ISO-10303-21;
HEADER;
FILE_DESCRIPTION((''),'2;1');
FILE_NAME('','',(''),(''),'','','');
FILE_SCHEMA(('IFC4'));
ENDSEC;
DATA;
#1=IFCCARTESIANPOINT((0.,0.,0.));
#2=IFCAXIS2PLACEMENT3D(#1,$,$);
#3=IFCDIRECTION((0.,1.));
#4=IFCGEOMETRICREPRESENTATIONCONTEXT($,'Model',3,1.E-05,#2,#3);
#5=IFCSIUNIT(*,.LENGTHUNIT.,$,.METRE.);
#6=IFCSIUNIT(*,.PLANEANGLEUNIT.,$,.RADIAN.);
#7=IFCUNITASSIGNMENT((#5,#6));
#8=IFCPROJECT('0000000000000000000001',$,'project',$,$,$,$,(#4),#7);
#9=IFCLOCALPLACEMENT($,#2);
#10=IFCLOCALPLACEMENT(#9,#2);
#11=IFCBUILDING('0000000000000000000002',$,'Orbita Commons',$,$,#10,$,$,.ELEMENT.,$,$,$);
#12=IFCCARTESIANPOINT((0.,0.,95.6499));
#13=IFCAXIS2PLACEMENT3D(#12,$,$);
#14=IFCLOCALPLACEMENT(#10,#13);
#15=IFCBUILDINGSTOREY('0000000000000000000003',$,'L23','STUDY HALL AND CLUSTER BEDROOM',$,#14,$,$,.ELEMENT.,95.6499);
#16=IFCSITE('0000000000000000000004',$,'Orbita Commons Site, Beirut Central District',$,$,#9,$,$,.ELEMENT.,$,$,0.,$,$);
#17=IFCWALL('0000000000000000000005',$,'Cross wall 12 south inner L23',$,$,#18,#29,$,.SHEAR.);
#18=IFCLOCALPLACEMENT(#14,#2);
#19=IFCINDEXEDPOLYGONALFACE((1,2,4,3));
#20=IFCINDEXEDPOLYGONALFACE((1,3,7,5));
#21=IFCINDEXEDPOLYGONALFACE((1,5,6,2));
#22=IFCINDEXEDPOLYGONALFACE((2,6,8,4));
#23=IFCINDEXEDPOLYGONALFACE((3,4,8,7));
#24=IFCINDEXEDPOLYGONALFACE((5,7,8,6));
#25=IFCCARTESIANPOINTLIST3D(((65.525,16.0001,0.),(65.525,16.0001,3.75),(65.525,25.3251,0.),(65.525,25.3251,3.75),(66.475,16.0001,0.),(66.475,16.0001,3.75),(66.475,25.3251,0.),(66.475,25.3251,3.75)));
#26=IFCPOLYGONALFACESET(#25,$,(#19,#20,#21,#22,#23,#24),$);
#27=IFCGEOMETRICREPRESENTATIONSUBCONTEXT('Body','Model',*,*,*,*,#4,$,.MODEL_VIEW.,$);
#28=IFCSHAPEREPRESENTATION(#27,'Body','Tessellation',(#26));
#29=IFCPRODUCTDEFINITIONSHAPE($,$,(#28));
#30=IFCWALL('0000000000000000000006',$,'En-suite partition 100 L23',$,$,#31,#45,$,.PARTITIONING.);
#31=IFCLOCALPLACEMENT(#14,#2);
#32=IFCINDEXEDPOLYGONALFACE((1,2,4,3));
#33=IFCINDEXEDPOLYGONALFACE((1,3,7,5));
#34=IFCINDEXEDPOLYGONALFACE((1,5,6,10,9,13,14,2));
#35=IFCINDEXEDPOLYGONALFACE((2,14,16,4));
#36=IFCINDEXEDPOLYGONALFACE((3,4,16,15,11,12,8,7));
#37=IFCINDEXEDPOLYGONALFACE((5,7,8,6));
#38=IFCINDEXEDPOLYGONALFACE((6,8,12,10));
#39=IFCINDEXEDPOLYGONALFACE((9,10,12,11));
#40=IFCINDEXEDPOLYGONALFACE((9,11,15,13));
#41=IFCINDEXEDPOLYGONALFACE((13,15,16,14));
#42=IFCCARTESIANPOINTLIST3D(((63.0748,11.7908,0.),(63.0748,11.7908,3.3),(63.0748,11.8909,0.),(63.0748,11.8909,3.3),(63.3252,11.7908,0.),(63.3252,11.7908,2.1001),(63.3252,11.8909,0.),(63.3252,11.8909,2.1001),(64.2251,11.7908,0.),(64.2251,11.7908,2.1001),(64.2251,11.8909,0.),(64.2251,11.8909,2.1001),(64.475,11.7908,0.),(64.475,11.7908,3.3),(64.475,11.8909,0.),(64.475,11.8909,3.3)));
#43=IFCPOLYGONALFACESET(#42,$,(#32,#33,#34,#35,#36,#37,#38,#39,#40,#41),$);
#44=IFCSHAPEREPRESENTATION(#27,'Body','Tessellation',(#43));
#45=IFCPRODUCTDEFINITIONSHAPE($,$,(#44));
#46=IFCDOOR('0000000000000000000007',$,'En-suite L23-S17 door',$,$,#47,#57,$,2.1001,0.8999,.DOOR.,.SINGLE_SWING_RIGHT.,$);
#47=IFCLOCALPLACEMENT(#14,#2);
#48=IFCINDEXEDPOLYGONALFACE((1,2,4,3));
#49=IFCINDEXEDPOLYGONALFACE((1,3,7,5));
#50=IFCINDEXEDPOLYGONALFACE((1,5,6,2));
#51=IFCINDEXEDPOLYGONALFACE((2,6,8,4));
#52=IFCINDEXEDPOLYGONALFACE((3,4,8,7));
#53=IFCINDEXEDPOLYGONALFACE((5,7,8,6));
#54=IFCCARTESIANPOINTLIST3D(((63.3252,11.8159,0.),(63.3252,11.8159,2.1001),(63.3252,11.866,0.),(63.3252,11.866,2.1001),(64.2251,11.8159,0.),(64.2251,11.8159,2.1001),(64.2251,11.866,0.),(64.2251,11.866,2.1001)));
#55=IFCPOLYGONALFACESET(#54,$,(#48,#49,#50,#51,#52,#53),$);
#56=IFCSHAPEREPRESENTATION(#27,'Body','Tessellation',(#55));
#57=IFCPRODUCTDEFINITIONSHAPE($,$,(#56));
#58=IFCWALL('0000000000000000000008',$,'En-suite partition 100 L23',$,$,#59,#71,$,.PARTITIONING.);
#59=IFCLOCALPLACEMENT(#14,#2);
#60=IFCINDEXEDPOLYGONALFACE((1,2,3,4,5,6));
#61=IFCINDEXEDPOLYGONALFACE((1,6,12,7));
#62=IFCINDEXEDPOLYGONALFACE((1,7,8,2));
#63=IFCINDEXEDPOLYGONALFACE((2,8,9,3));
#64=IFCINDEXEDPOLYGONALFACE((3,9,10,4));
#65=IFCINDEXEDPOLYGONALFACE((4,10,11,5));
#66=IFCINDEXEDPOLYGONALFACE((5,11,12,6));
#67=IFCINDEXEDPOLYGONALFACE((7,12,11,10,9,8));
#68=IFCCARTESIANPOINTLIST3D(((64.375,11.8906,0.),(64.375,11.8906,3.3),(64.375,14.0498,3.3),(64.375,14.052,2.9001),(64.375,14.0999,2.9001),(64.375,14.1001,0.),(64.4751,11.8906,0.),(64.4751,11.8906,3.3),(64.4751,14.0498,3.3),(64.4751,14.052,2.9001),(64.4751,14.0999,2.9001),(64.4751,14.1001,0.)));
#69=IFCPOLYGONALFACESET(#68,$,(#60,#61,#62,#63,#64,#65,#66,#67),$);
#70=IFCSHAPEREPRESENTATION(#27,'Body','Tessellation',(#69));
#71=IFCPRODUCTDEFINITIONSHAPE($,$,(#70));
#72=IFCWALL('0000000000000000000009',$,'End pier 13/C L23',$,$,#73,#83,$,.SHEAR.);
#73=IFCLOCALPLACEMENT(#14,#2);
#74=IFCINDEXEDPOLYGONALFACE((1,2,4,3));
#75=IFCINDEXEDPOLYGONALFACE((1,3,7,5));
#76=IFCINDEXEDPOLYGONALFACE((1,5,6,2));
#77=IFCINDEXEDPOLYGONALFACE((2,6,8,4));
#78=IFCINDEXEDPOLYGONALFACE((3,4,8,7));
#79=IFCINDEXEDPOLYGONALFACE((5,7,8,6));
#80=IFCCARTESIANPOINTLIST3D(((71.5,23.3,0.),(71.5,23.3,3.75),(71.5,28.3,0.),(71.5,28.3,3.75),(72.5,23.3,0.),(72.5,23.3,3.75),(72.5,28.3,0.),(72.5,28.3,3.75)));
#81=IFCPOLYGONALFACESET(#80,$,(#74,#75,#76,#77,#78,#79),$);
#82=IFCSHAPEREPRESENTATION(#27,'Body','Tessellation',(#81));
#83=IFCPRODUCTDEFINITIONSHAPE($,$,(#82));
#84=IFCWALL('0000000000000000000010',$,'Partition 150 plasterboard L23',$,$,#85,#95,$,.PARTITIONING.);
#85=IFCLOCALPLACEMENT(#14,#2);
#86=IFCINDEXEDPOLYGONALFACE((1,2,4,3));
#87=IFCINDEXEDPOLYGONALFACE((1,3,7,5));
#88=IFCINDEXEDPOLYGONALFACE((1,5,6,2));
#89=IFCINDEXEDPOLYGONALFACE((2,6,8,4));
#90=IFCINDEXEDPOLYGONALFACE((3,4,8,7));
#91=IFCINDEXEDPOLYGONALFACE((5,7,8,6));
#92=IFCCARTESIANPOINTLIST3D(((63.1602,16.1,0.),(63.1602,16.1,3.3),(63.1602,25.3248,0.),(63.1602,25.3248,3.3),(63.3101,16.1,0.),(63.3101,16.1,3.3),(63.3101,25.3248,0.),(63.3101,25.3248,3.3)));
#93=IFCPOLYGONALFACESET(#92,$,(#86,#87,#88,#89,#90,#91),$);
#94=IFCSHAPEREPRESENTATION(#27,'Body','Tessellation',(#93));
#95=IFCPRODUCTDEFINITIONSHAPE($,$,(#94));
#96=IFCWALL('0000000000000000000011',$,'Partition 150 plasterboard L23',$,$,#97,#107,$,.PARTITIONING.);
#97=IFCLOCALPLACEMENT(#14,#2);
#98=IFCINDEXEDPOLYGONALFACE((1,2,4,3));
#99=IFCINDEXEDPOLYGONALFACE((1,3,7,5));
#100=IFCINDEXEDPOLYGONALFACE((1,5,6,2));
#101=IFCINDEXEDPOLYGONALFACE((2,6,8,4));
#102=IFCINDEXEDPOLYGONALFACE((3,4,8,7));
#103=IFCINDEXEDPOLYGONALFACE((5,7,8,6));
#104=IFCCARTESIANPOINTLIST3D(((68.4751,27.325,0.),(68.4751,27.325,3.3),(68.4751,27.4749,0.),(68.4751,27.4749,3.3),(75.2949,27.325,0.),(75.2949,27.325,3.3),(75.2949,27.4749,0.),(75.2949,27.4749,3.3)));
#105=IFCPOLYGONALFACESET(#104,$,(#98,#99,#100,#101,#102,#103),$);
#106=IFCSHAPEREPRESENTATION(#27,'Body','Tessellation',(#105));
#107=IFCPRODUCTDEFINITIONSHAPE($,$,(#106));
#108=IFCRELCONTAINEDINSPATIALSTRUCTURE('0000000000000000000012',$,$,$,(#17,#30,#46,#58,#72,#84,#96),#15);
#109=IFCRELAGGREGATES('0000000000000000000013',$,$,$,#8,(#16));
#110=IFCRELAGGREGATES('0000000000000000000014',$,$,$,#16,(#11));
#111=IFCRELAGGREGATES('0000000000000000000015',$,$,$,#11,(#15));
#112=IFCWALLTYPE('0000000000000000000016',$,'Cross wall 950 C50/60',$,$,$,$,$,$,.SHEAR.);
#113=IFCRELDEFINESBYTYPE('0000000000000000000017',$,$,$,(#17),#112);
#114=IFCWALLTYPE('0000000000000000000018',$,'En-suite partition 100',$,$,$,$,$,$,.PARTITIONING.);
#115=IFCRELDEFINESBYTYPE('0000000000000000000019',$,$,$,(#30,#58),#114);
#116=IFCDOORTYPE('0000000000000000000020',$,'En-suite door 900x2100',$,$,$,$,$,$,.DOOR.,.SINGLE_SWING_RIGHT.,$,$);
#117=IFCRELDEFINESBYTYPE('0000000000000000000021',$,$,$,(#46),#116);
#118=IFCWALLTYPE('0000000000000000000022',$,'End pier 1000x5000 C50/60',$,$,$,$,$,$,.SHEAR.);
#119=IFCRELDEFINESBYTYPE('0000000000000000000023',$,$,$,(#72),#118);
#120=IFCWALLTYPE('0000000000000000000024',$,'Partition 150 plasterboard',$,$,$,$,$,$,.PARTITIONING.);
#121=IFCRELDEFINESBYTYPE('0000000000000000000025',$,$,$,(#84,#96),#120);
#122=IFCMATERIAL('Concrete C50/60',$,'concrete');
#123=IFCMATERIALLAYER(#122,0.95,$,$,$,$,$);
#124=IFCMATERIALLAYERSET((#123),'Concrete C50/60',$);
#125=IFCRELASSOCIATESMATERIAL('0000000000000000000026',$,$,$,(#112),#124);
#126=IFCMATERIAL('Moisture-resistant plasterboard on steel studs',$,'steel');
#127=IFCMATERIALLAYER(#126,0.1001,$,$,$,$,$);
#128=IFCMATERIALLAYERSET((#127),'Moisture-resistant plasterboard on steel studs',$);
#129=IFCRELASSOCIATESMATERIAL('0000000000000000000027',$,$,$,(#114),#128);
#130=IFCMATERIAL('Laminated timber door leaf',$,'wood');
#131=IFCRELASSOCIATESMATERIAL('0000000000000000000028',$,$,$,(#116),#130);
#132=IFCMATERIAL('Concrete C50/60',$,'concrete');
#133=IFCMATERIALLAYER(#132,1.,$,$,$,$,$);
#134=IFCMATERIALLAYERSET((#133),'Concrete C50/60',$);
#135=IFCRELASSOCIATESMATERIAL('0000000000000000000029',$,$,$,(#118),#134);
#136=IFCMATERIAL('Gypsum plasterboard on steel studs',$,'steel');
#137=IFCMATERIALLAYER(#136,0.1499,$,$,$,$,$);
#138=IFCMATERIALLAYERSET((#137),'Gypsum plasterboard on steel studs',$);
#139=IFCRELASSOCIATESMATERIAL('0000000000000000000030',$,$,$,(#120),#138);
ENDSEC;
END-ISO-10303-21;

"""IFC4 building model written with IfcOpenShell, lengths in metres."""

from ifc_helpers import new_model, si_unit, direction, frame, frame_2d, origin, place, context, subcontext, project, spatial, polyline, rectangle, outline, extrude, material, layer, layer_set, type_object, element, fill, save


model = new_model("IFC4")

# Units and contexts
model_context = context("Model", 3, precision=1e-05, world=origin(), true_north=direction((0.0, 1.0)))
body_context = subcontext(model_context, "Body", "Model", "MODEL_VIEW")
ifc_project = project(units=[si_unit("LENGTHUNIT", "METRE"), si_unit("PLANEANGLEUNIT", "RADIAN")], contexts=[model_context])

# Site, building, storey
site_placement = place(None, origin())
site = spatial("IfcSite", under=ifc_project, at=site_placement, Name="Orbita Commons Site, Beirut Central District", CompositionType="ELEMENT", RefElevation=0.0)
building_placement = place(site_placement, origin())
building = spatial("IfcBuilding", under=site, at=building_placement, Name="Orbita Commons", CompositionType="ELEMENT")
storey_placement = place(building_placement, frame((0.0, 0.0, 95.6499)))
storey = spatial("IfcBuildingStorey", under=building, at=storey_placement, Name="L23", Description="STUDY HALL AND CLUSTER BEDROOM", CompositionType="ELEMENT", Elevation=95.6499)

# Wall
ifc_material_1 = material(Name="Concrete C50/60", Category="concrete")
ifc_layer_1 = layer(ifc_material_1, 0.95)
ifc_layer_set_1 = layer_set([ifc_layer_1], Name="Concrete C50/60")
wall_type_1 = type_object("IfcWallType", Name="Cross wall 950 C50/60", PredefinedType="SHEAR", material=ifc_layer_set_1)
wall_1_placement = place(storey_placement, frame((66.0, 16.0, 0.0), z_axis=(0.0, 0.0, 1.0), x_axis=(0.0, 1.0, 0.0)))
element("IfcWall", 1, at=wall_1_placement, inside=storey, type_object=wall_type_1, Name="Cross wall 12 south inner L23", PredefinedType="SHEAR", context=body_context, shape_type="SweptSolid", body=[
    extrude(rectangle(XDim=9.325, YDim=0.95, at=frame_2d((4.6626, 0.0))), origin(), (0.0, 0.0, 1.0), 3.75),
])

# Wall, opening, door
ifc_material_2 = material(Name="Moisture-resistant plasterboard on steel studs", Category="steel")
ifc_layer_2 = layer(ifc_material_2, 0.1001)
ifc_layer_set_2 = layer_set([ifc_layer_2], Name="Moisture-resistant plasterboard on steel studs")
wall_type_2 = type_object("IfcWallType", Name="En-suite partition 100", PredefinedType="PARTITIONING", material=ifc_layer_set_2)
wall_2_placement = place(storey_placement, frame((64.4751, 11.8408, 0.0), z_axis=(0.0, 0.0, 1.0), x_axis=(-1.0, 0.0, 0.0)))
wall_2 = element("IfcWall", 2, at=wall_2_placement, inside=storey, type_object=wall_type_2, Name="En-suite partition 100 L23", PredefinedType="PARTITIONING", context=body_context, shape_type="SweptSolid", body=[
    extrude(rectangle(XDim=1.4001, YDim=0.1001, at=frame_2d((0.7002, 0.0))), origin(), (0.0, 0.0, 1.0), 3.3),
])
opening_1_placement = place(wall_2_placement, frame((0.25, 0.0, 0.0)))
opening_1 = element("IfcOpeningElement", 3, at=opening_1_placement, cuts=wall_2, PredefinedType="OPENING", context=body_context, shape_type="SweptSolid", body=[
    extrude(rectangle(XDim=0.8999, YDim=2.1001, at=frame_2d((0.45, 1.05))), frame((0.0, 0.0601, 0.0), z_axis=(0.0, -1.0, 0.0), x_axis=(1.0, 0.0, 0.0)), (0.0, 0.0, 1.0), 0.1201),
])
ifc_material_3 = material(Name="Laminated timber door leaf", Category="wood")
door_type_1 = type_object("IfcDoorType", Name="En-suite door 900x2100", OperationType="SINGLE_SWING_RIGHT", PredefinedType="DOOR", material=ifc_material_3)
door_1_placement = place(opening_1_placement, origin())
door_1 = element("IfcDoor", 4, at=door_1_placement, inside=storey, type_object=door_type_1, Name="En-suite L23-S17 door", OperationType="SINGLE_SWING_RIGHT", OverallHeight=2.1001, OverallWidth=0.8999, PredefinedType="DOOR", context=body_context, shape_type="SweptSolid", body=[
    extrude(rectangle(XDim=0.8999, YDim=2.1001, at=frame_2d((0.45, 1.05))), frame((0.0, 0.0249, 0.0), z_axis=(0.0, -1.0, 0.0), x_axis=(1.0, 0.0, 0.0)), (0.0, 0.0, 1.0), 0.05),
])
fill(opening_1, door_1)

# Walls
wall_3_placement = place(storey_placement, frame((64.425, 11.8906, 0.0), z_axis=(0.0, 0.0, 1.0), x_axis=(0.0, 1.0, 0.0)))
element("IfcWall", 5, at=wall_3_placement, inside=storey, type_object=wall_type_2, Name="En-suite partition 100 L23", PredefinedType="PARTITIONING", context=body_context, shape_type="SweptSolid", body=[
    extrude(outline(polyline([(0.0, 0.0), (2.2095, 0.0), (2.2092, 2.9001), (2.1614, 2.9001), (2.1592, 3.3), (0.0, 3.3), (0.0, 0.0)])), frame((0.0, 0.05, 0.0), z_axis=(0.0, -1.0, 0.0), x_axis=(1.0, 0.0, 0.0)), (0.0, 0.0, 1.0), 0.1001),
])
ifc_material_4 = material(Name="Concrete C50/60", Category="concrete")
ifc_layer_3 = layer(ifc_material_4, 1.0)
ifc_layer_set_3 = layer_set([ifc_layer_3], Name="Concrete C50/60")
wall_type_3 = type_object("IfcWallType", Name="End pier 1000x5000 C50/60", PredefinedType="SHEAR", material=ifc_layer_set_3)
wall_4_placement = place(storey_placement, frame((72.0, 23.3, 0.0), z_axis=(0.0, 0.0, 1.0), x_axis=(0.0, 1.0, 0.0)))
element("IfcWall", 6, at=wall_4_placement, inside=storey, type_object=wall_type_3, Name="End pier 13/C L23", PredefinedType="SHEAR", context=body_context, shape_type="SweptSolid", body=[
    extrude(rectangle(XDim=5.0, YDim=1.0, at=frame_2d((2.5, 0.0))), origin(), (0.0, 0.0, 1.0), 3.75),
])
ifc_material_5 = material(Name="Gypsum plasterboard on steel studs", Category="steel")
ifc_layer_4 = layer(ifc_material_5, 0.1499)
ifc_layer_set_4 = layer_set([ifc_layer_4], Name="Gypsum plasterboard on steel studs")
wall_type_4 = type_object("IfcWallType", Name="Partition 150 plasterboard", PredefinedType="PARTITIONING", material=ifc_layer_set_4)
wall_5_placement = place(storey_placement, frame((63.2351, 16.1001, 0.0), z_axis=(0.0, 0.0, 1.0), x_axis=(0.0, 1.0, 0.0)))
element("IfcWall", 7, at=wall_5_placement, inside=storey, type_object=wall_type_4, Name="Partition 150 plasterboard L23", PredefinedType="PARTITIONING", context=body_context, shape_type="SweptSolid", body=[
    extrude(rectangle(XDim=9.2249, YDim=0.1499, at=frame_2d((4.6123, 0.0))), origin(), (0.0, 0.0, 1.0), 3.3),
])
wall_6_placement = place(storey_placement, frame((68.4751, 27.3999, 0.0), z_axis=(0.0, 0.0, 1.0), x_axis=(1.0, 0.0, 0.0)))
element("IfcWall", 8, at=wall_6_placement, inside=storey, type_object=wall_type_4, Name="Partition 150 plasterboard L23", PredefinedType="PARTITIONING", context=body_context, shape_type="SweptSolid", body=[
    extrude(rectangle(XDim=6.8198, YDim=0.1499, at=frame_2d((3.4099, 0.0))), origin(), (0.0, 0.0, 1.0), 3.3),
])

save(model, "model.ifc")
